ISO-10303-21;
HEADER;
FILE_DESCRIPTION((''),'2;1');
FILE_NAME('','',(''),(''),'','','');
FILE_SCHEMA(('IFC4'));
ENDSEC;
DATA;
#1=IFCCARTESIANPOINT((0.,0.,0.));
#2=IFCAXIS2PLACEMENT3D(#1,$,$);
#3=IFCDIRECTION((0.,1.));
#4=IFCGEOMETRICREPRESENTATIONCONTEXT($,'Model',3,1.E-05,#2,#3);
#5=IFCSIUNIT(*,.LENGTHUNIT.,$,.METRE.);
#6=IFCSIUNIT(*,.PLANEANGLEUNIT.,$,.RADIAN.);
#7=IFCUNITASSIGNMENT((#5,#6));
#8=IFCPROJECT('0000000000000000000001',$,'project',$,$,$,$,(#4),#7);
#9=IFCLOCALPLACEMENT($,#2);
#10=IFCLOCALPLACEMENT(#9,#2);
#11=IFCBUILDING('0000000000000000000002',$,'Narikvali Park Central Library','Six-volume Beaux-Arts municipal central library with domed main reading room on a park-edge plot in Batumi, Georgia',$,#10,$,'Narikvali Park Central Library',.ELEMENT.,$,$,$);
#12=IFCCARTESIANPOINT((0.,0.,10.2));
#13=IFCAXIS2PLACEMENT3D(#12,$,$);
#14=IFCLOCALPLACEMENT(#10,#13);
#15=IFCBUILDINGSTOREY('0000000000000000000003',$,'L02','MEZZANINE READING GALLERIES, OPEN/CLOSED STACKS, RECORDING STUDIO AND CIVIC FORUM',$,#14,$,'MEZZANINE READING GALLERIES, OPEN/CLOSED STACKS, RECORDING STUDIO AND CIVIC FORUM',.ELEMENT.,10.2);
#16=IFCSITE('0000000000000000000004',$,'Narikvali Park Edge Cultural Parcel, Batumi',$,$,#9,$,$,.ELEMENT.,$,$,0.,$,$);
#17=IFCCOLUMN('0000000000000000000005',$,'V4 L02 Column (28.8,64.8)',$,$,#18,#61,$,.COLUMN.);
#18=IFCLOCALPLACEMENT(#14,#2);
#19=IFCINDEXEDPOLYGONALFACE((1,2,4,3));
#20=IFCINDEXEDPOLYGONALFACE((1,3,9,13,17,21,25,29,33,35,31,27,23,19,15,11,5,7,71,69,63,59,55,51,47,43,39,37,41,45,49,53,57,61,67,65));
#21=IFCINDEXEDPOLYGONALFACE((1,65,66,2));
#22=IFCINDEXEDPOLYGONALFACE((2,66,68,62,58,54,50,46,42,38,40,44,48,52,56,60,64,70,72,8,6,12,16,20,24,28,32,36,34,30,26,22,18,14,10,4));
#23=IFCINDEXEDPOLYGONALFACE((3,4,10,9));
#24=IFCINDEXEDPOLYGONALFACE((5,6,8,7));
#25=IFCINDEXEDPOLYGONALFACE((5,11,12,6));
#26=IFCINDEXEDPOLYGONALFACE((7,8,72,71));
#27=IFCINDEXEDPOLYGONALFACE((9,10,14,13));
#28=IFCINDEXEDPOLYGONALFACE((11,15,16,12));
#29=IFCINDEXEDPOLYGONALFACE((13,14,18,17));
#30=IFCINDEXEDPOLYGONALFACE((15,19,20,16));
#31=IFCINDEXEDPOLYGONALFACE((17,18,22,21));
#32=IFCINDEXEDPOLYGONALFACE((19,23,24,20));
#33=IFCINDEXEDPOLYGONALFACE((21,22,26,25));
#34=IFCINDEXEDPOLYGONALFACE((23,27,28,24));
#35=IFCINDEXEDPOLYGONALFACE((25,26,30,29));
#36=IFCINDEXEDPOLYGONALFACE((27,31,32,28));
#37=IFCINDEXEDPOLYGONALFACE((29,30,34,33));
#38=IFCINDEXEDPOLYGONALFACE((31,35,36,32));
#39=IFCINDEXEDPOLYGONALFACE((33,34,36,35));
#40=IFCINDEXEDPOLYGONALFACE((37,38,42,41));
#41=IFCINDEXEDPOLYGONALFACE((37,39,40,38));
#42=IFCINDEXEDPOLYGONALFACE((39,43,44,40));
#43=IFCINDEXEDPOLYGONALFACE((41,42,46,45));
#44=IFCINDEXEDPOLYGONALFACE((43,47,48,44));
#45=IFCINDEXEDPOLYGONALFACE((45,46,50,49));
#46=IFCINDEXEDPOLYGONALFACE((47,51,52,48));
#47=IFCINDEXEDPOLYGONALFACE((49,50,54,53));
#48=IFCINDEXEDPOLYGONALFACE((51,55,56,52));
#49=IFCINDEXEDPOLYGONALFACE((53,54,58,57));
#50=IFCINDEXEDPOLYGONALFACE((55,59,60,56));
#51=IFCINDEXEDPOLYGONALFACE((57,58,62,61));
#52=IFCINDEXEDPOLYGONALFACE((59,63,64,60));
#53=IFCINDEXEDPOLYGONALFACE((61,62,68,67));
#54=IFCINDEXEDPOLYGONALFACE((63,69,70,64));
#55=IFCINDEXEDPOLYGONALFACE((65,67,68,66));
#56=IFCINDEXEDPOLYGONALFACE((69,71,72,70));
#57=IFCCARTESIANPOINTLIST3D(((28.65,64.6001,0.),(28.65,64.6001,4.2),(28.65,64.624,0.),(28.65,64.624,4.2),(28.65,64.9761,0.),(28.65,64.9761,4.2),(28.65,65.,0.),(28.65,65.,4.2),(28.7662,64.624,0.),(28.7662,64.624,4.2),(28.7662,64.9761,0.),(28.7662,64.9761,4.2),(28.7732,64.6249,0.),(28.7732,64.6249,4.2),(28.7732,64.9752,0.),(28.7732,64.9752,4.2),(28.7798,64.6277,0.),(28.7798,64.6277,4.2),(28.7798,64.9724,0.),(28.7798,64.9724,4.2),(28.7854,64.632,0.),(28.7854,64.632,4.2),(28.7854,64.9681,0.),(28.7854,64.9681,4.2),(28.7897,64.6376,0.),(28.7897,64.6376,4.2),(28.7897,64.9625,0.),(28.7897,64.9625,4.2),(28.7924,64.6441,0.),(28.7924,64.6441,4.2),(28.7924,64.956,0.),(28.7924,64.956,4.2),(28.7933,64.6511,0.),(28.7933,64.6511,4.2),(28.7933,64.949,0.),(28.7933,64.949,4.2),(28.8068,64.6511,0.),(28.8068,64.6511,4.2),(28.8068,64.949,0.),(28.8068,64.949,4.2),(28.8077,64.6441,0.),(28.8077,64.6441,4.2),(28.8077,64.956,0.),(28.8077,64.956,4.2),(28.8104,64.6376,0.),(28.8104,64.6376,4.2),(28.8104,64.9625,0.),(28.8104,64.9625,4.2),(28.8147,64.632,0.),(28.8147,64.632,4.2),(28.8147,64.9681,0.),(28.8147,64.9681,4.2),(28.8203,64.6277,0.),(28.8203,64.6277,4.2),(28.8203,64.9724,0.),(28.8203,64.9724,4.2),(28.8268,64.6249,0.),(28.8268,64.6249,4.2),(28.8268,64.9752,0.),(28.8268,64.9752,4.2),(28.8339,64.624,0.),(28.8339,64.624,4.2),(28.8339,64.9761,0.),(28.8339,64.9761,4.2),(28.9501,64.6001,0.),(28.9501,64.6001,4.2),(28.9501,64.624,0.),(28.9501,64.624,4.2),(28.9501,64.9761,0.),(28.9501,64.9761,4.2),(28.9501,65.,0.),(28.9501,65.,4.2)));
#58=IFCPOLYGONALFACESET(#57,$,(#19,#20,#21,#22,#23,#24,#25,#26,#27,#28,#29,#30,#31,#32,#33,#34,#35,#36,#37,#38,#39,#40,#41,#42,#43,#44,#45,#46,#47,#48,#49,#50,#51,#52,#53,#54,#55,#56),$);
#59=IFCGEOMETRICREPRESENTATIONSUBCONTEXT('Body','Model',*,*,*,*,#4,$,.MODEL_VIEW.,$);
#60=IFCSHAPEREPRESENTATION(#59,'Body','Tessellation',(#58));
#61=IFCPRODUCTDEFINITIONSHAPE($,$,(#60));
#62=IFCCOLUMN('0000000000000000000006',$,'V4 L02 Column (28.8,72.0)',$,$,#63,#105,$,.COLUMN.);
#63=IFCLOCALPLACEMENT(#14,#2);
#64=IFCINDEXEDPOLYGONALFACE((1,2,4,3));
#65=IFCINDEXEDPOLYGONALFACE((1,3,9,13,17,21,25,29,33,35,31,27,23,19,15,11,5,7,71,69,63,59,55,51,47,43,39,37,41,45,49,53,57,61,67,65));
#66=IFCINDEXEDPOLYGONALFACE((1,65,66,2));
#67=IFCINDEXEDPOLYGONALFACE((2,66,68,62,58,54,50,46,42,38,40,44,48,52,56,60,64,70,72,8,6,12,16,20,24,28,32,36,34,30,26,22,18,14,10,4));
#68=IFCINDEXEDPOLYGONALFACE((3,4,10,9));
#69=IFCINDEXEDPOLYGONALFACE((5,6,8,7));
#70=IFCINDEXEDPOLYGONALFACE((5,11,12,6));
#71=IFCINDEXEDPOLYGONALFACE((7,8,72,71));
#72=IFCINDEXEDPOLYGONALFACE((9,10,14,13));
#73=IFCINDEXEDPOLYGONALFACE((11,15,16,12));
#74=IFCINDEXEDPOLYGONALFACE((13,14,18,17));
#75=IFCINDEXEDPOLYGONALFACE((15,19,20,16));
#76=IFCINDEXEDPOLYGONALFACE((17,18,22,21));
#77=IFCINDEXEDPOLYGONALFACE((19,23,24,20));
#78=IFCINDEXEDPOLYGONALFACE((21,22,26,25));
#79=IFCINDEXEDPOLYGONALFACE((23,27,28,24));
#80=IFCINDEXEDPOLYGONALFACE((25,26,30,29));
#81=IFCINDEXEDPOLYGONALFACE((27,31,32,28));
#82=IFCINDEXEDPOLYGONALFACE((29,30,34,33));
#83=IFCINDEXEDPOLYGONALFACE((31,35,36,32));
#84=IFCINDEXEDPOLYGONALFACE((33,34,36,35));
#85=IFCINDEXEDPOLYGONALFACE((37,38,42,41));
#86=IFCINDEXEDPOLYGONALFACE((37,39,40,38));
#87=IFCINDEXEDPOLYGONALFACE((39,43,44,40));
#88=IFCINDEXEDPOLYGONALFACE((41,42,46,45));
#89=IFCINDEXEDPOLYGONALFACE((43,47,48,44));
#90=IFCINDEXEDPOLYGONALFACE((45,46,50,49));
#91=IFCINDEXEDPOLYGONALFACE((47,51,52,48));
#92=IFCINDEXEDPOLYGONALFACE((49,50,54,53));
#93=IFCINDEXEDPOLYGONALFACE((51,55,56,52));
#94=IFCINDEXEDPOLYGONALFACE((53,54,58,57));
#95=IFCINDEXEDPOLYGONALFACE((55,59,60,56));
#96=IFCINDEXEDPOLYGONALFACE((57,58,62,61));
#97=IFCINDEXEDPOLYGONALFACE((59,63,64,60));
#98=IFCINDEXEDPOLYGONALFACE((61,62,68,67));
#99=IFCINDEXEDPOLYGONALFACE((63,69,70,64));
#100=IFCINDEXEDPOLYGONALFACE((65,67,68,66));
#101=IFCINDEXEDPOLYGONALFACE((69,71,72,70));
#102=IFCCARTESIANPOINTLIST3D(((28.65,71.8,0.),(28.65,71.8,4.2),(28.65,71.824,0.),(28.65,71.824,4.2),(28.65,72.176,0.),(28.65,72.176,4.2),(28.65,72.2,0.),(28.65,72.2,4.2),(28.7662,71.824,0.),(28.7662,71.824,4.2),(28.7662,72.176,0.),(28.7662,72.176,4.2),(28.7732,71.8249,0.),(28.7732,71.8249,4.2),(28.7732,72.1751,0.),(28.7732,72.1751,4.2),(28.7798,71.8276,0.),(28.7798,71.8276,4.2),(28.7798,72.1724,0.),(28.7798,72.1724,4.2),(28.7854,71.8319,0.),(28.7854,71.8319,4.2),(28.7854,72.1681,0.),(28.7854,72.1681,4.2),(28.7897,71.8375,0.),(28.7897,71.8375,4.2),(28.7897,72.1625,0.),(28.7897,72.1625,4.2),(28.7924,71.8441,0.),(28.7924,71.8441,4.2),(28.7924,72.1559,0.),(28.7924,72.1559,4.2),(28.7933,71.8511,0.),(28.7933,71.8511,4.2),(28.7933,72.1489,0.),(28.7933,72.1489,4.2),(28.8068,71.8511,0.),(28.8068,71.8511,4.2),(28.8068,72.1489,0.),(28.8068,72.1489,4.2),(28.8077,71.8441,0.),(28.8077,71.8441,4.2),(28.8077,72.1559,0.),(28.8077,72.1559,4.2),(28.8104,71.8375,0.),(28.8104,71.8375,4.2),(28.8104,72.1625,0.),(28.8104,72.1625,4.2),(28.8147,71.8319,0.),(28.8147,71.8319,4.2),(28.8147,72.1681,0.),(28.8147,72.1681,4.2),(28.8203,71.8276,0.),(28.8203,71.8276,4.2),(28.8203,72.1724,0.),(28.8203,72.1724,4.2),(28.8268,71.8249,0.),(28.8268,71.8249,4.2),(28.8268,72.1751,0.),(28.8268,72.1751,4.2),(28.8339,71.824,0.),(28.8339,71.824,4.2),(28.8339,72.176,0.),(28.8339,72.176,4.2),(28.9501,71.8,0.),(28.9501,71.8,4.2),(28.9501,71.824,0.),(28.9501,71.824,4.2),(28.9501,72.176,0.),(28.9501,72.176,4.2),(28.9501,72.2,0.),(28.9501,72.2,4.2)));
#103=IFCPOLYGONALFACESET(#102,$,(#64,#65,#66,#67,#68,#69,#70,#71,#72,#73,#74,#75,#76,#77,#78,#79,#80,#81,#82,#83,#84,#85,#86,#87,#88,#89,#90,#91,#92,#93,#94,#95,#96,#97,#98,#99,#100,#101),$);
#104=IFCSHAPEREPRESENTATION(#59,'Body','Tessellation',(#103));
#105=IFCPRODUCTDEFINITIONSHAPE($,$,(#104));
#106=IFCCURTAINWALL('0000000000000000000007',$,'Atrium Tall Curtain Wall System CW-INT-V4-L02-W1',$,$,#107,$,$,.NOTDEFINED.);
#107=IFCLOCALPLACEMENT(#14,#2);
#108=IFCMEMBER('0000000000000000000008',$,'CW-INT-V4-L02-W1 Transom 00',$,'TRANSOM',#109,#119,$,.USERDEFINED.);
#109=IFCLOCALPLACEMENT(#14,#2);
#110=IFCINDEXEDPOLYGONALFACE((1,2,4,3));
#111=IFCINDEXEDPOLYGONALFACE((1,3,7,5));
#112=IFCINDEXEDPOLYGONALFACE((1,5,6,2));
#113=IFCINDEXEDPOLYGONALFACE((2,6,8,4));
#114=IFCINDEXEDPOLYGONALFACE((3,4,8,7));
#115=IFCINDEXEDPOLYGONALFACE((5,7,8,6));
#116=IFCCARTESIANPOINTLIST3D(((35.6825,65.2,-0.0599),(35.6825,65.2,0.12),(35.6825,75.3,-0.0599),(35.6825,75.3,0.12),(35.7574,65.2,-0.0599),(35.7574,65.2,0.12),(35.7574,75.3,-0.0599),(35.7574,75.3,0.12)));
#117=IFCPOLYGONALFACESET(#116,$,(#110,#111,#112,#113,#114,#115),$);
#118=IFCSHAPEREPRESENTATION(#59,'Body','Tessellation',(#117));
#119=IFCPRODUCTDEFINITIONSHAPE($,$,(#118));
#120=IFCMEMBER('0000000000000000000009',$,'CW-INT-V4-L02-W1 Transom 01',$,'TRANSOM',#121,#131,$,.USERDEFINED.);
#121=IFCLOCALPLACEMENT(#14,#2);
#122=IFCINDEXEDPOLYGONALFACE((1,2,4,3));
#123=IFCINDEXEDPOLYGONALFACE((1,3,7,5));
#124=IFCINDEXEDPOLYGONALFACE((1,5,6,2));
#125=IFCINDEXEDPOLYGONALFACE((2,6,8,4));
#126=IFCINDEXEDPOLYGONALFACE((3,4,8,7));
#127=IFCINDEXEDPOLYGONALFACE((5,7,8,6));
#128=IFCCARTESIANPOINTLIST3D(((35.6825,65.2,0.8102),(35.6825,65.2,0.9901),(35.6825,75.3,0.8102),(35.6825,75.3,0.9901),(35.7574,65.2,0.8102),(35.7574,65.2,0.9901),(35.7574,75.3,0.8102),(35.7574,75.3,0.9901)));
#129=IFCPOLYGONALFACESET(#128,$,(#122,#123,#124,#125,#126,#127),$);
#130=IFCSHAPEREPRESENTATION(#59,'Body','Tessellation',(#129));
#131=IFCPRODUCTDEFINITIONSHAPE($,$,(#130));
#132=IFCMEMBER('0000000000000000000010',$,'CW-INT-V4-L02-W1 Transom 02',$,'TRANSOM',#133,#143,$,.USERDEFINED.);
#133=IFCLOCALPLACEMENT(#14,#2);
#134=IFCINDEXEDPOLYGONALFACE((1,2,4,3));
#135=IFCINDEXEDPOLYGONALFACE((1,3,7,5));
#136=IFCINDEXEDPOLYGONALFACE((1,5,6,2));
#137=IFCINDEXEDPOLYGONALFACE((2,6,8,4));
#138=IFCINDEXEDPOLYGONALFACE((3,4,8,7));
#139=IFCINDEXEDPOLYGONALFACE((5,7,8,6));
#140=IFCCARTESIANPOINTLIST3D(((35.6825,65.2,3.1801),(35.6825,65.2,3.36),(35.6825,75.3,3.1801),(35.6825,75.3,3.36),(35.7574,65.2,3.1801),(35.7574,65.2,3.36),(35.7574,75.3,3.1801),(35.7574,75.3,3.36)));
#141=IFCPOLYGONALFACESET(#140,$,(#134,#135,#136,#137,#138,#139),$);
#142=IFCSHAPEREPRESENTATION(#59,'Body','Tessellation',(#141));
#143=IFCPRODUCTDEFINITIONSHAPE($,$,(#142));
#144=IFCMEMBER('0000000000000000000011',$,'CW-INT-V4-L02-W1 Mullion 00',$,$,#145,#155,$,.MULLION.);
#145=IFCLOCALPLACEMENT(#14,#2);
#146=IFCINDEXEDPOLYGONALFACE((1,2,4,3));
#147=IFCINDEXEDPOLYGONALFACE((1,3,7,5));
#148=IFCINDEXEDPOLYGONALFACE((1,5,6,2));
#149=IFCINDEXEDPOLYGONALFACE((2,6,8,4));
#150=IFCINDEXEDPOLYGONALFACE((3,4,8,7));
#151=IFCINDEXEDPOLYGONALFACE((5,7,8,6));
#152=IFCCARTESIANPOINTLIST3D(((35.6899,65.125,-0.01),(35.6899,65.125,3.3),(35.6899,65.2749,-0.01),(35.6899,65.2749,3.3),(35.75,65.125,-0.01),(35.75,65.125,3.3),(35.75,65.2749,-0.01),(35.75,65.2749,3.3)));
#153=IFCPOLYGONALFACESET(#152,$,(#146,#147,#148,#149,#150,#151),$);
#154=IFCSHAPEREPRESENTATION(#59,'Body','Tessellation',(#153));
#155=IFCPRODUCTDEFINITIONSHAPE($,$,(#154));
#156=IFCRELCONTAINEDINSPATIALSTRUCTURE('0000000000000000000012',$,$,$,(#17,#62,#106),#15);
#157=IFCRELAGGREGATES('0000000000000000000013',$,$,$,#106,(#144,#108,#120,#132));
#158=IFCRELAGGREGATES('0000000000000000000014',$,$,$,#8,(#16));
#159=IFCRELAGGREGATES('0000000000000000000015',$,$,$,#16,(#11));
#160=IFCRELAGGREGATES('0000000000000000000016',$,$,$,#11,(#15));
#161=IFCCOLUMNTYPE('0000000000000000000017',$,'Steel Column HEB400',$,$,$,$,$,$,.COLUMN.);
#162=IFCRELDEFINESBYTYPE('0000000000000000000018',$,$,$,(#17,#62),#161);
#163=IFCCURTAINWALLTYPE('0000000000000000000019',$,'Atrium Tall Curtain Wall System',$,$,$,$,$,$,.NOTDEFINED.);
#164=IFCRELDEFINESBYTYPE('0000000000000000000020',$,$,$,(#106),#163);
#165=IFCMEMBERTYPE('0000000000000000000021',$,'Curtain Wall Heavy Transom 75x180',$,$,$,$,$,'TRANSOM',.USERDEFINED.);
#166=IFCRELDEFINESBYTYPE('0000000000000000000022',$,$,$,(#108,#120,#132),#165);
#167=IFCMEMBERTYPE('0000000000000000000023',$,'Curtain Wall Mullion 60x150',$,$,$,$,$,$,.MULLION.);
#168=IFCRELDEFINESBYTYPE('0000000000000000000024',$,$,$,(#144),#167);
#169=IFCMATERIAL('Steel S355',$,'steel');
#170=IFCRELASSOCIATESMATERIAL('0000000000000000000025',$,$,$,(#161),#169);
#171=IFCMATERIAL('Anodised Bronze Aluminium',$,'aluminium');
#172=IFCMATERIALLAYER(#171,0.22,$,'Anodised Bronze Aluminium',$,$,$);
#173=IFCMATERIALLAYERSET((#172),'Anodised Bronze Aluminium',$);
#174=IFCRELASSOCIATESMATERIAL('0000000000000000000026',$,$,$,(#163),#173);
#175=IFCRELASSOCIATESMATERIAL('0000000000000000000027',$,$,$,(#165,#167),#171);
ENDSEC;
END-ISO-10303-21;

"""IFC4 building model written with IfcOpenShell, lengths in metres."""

from ifc_helpers import new_model, si_unit, direction, frame, origin, origin_2d, place, context, subcontext, project, spatial, rectangle, i_section, extrude, material, layer, layer_set, material_profile, profile_set, type_object, element, aggregate, save


model = new_model("IFC4")

# Units and contexts
model_context = context("Model", 3, precision=1e-05, world=origin(), true_north=direction((0.0, 1.0)))
body_context = subcontext(model_context, "Body", "Model", "MODEL_VIEW")
ifc_project = project(units=[si_unit("LENGTHUNIT", "METRE"), si_unit("PLANEANGLEUNIT", "RADIAN")], contexts=[model_context])

# Site, building, storey
site_placement = place(None, origin())
site = spatial("IfcSite", under=ifc_project, at=site_placement, Name="Narikvali Park Edge Cultural Parcel, Batumi", CompositionType="ELEMENT", RefElevation=0.0)
building_placement = place(site_placement, origin())
building = spatial("IfcBuilding", under=site, at=building_placement, Name="Narikvali Park Central Library", Description="Six-volume Beaux-Arts municipal central library with domed main reading room on a park-edge plot in Batumi, Georgia", LongName="Narikvali Park Central Library", CompositionType="ELEMENT")
storey_placement = place(building_placement, frame((0.0, 0.0, 10.2)))
storey = spatial("IfcBuildingStorey", under=building, at=storey_placement, Name="L02", Description="MEZZANINE READING GALLERIES, OPEN/CLOSED STACKS, RECORDING STUDIO AND CIVIC FORUM", LongName="MEZZANINE READING GALLERIES, OPEN/CLOSED STACKS, RECORDING STUDIO AND CIVIC FORUM", CompositionType="ELEMENT", Elevation=10.2)

# Columns
ifc_material_1 = material(Name="Steel S355", Category="steel")
ifc_material_profile_1 = material_profile(ifc_material_1, i_section(OverallWidth=0.3, OverallDepth=0.3999, WebThickness=0.0134, FlangeThickness=0.0239, FilletRadius=0.0271, at=origin_2d()), Name="HEB 400")
ifc_profile_set_1 = profile_set([ifc_material_profile_1], Name="Steel S355")
column_type = type_object("IfcColumnType", Name="Steel Column HEB400", PredefinedType="COLUMN", material=ifc_profile_set_1)
for number, where, z_axis, x_axis, name in (
    (1, (28.8, 64.8, 0.0), (0.0, 0.0, 1.0), (1.0, 0.0, 0.0), "V4 L02 Column (28.8,64.8)"),
    (2, (28.8, 72.0, 0.0), (0.0, 0.0, 1.0), (1.0, 0.0, 0.0), "V4 L02 Column (28.8,72.0)"),
):
    element("IfcColumn", number, at=place(storey_placement, frame(where, z_axis=z_axis, x_axis=x_axis)), inside=storey, type_object=column_type, Name=name, PredefinedType="COLUMN", context=body_context, shape_type="SweptSolid", body=[
        extrude(i_section(OverallWidth=0.3, OverallDepth=0.3999, WebThickness=0.0134, FlangeThickness=0.0239, FilletRadius=0.0271, at=origin_2d()), origin(), (0.0, 0.0, 1.0), 4.2),
    ])

# Curtain wall, members
ifc_material_2 = material(Name="Anodised Bronze Aluminium", Category="aluminium")
ifc_layer_1 = layer(ifc_material_2, 0.22, Name="Anodised Bronze Aluminium")
ifc_layer_set_1 = layer_set([ifc_layer_1], Name="Anodised Bronze Aluminium")
curtain_wall_type = type_object("IfcCurtainWallType", Name="Atrium Tall Curtain Wall System", PredefinedType="NOTDEFINED", material=ifc_layer_set_1)
curtain_wall_placement = place(storey_placement, origin())
curtain_wall = element("IfcCurtainWall", 3, at=curtain_wall_placement, inside=storey, type_object=curtain_wall_type, Name="Atrium Tall Curtain Wall System CW-INT-V4-L02-W1", PredefinedType="NOTDEFINED")
ifc_material_profile_2 = material_profile(ifc_material_2, rectangle(XDim=0.075, YDim=0.1799, at=origin_2d()), Name="CW TRANSOM 75x180")
ifc_profile_set_2 = profile_set([ifc_material_profile_2], Name="Anodised Bronze Aluminium")
member_type_1 = type_object("IfcMemberType", Name="Curtain Wall Heavy Transom 75x180", ElementType="TRANSOM", PredefinedType="USERDEFINED", material=ifc_profile_set_2)
member_1_placement = place(storey_placement, frame((35.72, 65.2, 0.03), z_axis=(0.0, 1.0, 0.0), x_axis=(-1.0, 0.0, 0.0)))
member_1 = element("IfcMember", 4, at=member_1_placement, type_object=member_type_1, Name="CW-INT-V4-L02-W1 Transom 00", ObjectType="TRANSOM", PredefinedType="USERDEFINED", context=body_context, shape_type="SweptSolid", body=[
    extrude(rectangle(XDim=0.075, YDim=0.1799, at=origin_2d()), origin(), (0.0, 0.0, 1.0), 10.1001),
])
member_2_placement = place(storey_placement, frame((35.72, 65.2, 0.9001), z_axis=(0.0, 1.0, 0.0), x_axis=(-1.0, 0.0, 0.0)))
member_2 = element("IfcMember", 5, at=member_2_placement, type_object=member_type_1, Name="CW-INT-V4-L02-W1 Transom 01", ObjectType="TRANSOM", PredefinedType="USERDEFINED", context=body_context, shape_type="SweptSolid", body=[
    extrude(rectangle(XDim=0.075, YDim=0.1799, at=origin_2d()), origin(), (0.0, 0.0, 1.0), 10.1001),
])
member_3_placement = place(storey_placement, frame((35.72, 65.2, 3.27), z_axis=(0.0, 1.0, 0.0), x_axis=(-1.0, 0.0, 0.0)))
member_3 = element("IfcMember", 6, at=member_3_placement, type_object=member_type_1, Name="CW-INT-V4-L02-W1 Transom 02", ObjectType="TRANSOM", PredefinedType="USERDEFINED", context=body_context, shape_type="SweptSolid", body=[
    extrude(rectangle(XDim=0.075, YDim=0.1799, at=origin_2d()), origin(), (0.0, 0.0, 1.0), 10.1001),
])
ifc_material_profile_3 = material_profile(ifc_material_2, rectangle(XDim=0.0601, YDim=0.1499, at=origin_2d()), Name="CW MULLION 60x150")
ifc_profile_set_3 = profile_set([ifc_material_profile_3], Name="Anodised Bronze Aluminium")
member_type_2 = type_object("IfcMemberType", Name="Curtain Wall Mullion 60x150", PredefinedType="MULLION", material=ifc_profile_set_3)
member_4_placement = place(storey_placement, frame((35.72, 65.2, -0.01), z_axis=(0.0, 0.0, 1.0), x_axis=(1.0, 0.0, 0.0)))
member_4 = element("IfcMember", 7, at=member_4_placement, type_object=member_type_2, Name="CW-INT-V4-L02-W1 Mullion 00", PredefinedType="MULLION", context=body_context, shape_type="SweptSolid", body=[
    extrude(rectangle(XDim=0.0601, YDim=0.1499, at=origin_2d()), origin(), (0.0, 0.0, 1.0), 3.3101),
])

aggregate(curtain_wall, [member_4, member_1, member_2, member_3])

save(model, "model.ifc")
